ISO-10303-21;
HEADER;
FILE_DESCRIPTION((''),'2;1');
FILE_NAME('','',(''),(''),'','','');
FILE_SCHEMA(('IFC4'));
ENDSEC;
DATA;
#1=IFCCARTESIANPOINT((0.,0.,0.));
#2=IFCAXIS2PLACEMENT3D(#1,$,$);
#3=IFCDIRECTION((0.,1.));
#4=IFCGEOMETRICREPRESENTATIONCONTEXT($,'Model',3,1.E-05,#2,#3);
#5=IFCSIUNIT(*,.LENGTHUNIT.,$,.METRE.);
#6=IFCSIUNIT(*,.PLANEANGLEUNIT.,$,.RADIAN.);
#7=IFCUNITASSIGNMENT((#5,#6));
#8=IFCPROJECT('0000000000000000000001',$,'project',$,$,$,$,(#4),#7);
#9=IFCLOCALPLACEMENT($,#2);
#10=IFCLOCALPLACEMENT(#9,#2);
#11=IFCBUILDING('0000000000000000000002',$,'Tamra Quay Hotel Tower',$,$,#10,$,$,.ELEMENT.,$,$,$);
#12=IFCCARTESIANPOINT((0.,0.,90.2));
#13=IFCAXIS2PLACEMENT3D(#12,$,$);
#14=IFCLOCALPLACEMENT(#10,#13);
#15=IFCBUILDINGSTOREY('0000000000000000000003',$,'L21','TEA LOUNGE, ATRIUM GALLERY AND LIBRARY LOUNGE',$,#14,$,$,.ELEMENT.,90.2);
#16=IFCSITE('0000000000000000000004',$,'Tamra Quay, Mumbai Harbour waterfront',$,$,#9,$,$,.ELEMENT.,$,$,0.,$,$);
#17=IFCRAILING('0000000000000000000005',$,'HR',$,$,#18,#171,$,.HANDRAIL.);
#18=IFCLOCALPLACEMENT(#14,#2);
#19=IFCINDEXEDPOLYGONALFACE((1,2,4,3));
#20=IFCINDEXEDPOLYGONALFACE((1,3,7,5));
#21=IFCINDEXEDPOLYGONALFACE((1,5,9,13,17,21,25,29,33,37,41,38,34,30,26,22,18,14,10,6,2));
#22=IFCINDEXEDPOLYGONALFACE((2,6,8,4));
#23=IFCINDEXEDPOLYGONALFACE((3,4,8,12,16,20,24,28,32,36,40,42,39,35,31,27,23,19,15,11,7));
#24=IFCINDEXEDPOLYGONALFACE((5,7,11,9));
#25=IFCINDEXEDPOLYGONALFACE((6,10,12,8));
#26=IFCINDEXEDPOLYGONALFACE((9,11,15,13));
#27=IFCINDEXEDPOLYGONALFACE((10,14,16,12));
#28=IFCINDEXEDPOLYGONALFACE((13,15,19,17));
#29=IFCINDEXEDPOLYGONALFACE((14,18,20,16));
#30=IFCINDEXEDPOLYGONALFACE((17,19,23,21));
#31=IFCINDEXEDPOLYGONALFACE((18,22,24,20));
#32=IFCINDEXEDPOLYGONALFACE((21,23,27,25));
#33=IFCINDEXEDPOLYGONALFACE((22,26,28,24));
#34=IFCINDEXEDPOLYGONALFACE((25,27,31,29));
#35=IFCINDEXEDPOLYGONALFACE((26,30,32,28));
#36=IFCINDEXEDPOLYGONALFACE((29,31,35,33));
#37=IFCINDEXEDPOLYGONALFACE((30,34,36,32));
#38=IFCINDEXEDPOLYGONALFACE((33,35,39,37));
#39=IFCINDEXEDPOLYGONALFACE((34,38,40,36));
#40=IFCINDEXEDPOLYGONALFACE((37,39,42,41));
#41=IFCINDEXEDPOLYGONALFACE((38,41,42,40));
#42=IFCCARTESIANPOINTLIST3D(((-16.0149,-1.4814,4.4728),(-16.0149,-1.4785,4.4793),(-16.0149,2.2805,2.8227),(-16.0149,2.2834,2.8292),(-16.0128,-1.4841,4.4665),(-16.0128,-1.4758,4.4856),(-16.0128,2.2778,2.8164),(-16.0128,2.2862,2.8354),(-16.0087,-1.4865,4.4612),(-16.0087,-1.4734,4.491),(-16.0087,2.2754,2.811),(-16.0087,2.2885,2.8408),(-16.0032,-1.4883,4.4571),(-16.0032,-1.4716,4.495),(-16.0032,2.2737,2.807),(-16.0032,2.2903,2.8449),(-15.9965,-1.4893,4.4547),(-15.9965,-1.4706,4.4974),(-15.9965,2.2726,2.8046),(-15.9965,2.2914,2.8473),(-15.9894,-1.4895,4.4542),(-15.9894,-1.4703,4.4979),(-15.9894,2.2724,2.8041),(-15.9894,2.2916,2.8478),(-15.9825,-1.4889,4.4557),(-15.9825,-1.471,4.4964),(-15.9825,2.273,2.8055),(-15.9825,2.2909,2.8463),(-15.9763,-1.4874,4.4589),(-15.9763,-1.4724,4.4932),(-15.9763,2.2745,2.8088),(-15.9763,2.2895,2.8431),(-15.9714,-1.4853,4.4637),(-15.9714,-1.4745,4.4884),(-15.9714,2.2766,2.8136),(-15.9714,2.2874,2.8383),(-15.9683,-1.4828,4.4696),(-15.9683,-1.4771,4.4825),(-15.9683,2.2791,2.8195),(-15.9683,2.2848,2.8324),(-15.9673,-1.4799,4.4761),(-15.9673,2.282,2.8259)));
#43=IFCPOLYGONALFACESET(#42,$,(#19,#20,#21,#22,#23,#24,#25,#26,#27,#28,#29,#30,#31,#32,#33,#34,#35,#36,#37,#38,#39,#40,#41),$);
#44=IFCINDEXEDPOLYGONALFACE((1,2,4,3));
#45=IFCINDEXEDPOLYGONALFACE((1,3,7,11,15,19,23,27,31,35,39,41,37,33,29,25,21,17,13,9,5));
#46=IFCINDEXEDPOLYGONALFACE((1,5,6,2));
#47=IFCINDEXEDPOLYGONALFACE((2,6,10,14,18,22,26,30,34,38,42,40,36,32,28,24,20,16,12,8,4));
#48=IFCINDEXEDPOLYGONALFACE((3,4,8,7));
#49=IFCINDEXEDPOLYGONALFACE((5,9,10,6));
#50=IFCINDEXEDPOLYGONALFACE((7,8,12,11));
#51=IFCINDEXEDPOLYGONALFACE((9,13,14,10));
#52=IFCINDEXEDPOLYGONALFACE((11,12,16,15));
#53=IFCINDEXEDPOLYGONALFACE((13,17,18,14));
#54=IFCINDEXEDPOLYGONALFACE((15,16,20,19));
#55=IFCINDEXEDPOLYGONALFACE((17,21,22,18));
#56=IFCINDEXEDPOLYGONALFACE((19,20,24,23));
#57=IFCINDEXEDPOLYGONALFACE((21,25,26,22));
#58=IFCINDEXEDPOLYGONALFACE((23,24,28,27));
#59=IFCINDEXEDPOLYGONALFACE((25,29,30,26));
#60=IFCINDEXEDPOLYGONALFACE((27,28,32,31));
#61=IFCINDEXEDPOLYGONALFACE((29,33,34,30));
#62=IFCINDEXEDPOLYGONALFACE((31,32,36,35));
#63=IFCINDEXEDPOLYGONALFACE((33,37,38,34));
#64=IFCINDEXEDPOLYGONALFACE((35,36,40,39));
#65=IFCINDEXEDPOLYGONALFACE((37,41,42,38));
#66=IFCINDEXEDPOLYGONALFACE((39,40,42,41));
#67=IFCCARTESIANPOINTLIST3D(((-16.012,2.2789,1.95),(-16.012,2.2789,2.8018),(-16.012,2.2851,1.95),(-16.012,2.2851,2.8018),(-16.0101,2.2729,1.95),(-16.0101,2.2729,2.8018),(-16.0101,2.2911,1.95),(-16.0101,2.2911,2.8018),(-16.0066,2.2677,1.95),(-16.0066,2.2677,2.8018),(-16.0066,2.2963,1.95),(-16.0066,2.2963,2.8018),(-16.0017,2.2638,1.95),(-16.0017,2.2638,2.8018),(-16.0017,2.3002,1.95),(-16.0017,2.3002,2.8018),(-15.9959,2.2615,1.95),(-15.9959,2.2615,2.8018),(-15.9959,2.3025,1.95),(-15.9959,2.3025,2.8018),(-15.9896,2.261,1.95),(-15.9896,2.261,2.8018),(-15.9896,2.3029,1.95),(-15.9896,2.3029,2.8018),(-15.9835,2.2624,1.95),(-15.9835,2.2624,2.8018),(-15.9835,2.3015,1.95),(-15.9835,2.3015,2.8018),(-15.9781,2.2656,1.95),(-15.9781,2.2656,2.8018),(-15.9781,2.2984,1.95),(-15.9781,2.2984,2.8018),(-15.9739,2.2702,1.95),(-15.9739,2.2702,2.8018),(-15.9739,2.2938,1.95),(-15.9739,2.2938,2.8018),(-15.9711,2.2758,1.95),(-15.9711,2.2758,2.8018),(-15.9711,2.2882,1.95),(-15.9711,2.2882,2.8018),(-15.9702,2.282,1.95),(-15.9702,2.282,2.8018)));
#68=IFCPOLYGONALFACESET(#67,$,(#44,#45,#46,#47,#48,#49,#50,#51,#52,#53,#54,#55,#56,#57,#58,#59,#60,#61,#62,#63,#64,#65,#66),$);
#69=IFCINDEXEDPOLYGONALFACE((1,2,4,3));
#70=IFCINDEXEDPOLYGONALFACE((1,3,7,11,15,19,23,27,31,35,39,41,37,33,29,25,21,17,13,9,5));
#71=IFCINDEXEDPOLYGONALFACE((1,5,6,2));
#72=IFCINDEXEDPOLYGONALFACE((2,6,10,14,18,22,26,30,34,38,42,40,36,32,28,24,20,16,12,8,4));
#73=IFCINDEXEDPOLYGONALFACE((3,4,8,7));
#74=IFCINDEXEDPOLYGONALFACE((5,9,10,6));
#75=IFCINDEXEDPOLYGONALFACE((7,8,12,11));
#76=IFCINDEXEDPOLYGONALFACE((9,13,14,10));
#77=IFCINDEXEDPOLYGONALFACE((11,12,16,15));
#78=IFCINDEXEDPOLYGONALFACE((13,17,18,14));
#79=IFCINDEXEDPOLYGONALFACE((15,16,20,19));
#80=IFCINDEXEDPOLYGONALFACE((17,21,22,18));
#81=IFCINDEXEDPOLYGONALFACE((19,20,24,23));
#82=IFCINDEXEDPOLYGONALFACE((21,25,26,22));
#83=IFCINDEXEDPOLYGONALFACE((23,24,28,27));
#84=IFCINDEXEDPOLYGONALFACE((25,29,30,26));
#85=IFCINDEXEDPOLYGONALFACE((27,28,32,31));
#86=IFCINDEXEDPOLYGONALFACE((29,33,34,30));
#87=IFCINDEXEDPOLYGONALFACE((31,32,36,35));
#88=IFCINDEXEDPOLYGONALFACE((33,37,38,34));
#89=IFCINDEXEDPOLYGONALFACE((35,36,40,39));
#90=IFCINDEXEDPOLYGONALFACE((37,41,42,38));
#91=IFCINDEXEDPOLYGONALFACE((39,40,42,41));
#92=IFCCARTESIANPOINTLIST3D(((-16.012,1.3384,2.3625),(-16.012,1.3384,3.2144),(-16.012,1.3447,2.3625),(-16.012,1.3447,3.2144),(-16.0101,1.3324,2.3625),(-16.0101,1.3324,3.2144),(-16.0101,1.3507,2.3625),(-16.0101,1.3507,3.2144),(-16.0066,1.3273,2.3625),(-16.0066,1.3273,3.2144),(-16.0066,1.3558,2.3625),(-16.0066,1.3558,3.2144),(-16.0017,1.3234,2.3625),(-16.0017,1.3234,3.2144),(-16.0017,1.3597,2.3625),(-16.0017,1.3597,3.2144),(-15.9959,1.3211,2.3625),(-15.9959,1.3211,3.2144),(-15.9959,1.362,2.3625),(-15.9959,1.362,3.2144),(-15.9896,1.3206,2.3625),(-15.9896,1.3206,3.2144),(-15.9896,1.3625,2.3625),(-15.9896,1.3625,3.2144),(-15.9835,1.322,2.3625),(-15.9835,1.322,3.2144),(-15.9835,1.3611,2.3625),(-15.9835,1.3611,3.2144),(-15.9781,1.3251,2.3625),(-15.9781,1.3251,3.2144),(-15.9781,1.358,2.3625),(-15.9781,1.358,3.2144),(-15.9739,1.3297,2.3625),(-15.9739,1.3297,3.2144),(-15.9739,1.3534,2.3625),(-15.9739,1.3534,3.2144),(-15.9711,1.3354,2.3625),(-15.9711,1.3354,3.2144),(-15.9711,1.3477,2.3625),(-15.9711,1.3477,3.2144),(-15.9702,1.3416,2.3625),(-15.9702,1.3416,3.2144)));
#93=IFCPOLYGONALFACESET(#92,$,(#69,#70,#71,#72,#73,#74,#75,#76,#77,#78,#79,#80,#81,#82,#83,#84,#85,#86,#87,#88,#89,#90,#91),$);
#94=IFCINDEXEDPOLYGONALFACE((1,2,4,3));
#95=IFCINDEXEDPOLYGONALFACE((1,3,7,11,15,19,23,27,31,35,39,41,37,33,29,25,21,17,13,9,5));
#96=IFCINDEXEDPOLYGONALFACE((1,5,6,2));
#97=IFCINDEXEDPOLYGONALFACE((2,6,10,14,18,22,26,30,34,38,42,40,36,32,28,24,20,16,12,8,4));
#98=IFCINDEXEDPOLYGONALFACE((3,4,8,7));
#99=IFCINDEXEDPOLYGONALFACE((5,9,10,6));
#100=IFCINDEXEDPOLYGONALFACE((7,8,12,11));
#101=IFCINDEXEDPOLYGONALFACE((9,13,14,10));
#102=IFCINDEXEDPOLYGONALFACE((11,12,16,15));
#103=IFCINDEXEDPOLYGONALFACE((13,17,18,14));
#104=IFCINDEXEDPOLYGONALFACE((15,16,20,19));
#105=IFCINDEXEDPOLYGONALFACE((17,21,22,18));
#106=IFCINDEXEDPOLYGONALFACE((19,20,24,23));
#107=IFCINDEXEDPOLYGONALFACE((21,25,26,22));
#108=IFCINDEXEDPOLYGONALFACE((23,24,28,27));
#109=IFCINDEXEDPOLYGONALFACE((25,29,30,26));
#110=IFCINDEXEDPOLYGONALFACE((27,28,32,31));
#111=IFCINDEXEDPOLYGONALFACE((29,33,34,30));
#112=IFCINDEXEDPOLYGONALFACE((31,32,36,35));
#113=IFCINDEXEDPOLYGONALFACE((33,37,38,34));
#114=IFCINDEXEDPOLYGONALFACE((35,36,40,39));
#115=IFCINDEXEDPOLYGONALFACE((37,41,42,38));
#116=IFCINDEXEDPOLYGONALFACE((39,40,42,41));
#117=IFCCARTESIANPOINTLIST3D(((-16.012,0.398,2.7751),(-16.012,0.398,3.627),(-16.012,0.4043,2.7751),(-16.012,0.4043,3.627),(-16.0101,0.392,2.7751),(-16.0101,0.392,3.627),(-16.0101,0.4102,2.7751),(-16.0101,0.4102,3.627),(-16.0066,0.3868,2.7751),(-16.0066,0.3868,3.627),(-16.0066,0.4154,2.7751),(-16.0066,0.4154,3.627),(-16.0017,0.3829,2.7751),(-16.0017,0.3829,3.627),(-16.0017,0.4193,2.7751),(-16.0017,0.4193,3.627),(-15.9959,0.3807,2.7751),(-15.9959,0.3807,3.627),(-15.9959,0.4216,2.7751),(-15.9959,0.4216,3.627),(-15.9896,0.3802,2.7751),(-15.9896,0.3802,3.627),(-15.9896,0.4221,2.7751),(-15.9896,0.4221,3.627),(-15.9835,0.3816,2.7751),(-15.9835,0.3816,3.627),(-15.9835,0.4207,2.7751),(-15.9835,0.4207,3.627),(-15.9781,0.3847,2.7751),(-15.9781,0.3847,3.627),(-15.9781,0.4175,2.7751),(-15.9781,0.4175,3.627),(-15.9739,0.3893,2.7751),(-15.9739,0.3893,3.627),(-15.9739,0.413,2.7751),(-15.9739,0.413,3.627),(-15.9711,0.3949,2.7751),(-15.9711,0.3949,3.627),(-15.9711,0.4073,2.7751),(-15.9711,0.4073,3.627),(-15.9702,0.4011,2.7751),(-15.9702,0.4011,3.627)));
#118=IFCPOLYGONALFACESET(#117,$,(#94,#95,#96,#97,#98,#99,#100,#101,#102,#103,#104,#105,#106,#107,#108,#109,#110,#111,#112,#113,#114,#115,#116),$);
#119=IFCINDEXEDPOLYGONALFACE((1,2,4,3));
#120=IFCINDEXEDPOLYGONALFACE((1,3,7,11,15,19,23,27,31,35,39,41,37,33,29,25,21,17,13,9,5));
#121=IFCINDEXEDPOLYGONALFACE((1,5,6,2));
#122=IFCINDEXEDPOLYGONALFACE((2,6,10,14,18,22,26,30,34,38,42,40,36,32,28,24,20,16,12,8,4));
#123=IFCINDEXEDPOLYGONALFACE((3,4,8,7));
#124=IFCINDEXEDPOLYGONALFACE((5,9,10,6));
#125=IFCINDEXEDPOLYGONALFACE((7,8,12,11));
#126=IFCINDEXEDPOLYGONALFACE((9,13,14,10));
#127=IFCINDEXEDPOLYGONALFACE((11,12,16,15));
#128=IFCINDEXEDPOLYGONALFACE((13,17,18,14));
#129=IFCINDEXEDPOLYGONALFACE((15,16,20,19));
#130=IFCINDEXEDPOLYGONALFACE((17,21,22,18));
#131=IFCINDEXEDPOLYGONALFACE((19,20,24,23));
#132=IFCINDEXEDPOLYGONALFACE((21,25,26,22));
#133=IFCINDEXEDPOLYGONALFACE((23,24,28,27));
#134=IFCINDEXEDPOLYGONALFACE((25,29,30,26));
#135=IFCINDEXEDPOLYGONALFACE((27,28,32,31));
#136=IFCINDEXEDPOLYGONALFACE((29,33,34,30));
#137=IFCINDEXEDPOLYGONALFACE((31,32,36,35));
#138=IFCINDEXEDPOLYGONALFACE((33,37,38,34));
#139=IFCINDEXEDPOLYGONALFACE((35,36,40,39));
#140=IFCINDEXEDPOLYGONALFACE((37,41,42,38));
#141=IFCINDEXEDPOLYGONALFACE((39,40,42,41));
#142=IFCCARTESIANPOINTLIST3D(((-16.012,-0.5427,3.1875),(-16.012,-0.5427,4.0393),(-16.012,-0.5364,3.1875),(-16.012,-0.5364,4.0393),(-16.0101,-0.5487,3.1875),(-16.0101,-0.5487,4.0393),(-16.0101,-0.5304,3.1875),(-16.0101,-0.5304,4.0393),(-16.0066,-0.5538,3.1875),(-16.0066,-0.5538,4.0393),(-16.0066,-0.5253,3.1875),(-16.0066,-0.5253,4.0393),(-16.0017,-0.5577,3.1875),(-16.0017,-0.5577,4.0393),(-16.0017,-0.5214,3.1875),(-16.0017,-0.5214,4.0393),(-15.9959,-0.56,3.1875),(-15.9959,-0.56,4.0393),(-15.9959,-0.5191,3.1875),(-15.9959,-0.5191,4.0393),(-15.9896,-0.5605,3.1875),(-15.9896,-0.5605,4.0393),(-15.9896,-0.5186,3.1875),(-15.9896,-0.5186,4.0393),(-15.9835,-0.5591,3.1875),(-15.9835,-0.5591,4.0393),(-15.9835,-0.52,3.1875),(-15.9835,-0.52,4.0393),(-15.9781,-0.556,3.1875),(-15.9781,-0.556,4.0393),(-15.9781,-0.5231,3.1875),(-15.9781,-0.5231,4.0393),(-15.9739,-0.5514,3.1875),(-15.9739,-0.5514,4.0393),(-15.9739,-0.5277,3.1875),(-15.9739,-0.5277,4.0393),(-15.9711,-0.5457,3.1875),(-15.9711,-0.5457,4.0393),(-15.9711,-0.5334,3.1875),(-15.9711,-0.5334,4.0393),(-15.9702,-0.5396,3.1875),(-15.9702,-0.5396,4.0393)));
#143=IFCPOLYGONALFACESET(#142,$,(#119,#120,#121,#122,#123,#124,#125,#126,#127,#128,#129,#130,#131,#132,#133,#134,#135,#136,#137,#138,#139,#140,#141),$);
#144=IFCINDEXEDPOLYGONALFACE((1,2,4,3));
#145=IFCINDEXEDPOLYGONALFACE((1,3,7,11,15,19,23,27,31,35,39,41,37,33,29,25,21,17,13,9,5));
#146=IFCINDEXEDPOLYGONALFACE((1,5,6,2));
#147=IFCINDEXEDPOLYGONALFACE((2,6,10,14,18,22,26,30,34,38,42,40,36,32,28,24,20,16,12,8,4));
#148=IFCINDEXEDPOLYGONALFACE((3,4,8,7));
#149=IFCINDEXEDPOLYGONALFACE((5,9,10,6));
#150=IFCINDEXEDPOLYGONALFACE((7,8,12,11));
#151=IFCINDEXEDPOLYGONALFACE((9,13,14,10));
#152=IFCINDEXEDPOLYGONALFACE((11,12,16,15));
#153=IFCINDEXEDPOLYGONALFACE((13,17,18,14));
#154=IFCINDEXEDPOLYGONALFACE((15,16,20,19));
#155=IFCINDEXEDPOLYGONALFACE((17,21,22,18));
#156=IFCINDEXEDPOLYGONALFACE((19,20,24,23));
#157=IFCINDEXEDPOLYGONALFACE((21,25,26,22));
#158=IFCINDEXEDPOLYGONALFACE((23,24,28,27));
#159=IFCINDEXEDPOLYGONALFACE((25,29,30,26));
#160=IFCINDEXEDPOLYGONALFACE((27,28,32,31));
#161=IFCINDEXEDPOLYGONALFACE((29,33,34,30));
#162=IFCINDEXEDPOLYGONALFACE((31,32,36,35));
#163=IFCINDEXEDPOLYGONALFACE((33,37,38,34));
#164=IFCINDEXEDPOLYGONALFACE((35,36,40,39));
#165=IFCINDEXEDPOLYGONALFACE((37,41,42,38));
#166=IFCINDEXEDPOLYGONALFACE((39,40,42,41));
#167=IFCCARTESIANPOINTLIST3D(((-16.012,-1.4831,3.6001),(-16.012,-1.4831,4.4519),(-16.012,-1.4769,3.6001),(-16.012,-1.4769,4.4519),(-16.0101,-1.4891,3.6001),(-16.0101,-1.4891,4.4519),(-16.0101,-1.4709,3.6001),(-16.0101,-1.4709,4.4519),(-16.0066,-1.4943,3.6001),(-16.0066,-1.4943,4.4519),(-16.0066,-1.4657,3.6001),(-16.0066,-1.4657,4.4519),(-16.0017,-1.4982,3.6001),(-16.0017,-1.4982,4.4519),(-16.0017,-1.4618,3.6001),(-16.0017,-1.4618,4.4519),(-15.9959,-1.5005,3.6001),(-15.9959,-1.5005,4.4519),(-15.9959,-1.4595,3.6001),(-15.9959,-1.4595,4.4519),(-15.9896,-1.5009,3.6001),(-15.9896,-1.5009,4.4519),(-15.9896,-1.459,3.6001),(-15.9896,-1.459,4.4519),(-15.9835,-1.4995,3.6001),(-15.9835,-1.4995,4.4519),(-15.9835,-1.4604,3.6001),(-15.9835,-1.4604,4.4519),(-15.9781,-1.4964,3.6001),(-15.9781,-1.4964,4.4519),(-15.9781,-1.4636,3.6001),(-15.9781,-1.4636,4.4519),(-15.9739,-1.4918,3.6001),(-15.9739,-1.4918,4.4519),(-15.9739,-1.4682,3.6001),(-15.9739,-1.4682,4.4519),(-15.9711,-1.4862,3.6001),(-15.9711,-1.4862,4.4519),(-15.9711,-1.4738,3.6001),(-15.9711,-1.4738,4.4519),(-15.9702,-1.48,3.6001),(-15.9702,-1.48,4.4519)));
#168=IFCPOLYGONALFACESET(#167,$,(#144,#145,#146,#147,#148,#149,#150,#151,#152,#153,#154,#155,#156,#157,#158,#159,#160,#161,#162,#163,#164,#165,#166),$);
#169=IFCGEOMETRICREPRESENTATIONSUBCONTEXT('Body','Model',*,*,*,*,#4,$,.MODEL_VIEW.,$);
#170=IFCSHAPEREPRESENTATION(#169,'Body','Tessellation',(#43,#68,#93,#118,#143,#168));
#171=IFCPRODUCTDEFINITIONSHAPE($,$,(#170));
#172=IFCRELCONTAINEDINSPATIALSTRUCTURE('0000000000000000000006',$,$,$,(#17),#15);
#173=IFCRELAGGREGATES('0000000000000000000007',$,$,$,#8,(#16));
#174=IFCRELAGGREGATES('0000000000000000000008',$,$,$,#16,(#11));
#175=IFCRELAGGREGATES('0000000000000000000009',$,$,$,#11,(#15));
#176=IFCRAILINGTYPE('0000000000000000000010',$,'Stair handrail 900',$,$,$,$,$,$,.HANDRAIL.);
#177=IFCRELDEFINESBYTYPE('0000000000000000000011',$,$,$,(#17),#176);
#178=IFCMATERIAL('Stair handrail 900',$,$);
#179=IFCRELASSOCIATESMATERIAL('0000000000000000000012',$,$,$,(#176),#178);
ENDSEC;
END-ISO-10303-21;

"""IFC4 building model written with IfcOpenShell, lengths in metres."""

from ifc_helpers import new_model, si_unit, direction, frame, origin, origin_2d, place, context, subcontext, project, spatial, circle, extrude, material, type_object, element, save


model = new_model("IFC4")

# Units and contexts
model_context = context("Model", 3, precision=1e-05, world=origin(), true_north=direction((0.0, 1.0)))
body_context = subcontext(model_context, "Body", "Model", "MODEL_VIEW")
ifc_project = project(units=[si_unit("LENGTHUNIT", "METRE"), si_unit("PLANEANGLEUNIT", "RADIAN")], contexts=[model_context])

# Site, building, storey
site_placement = place(None, origin())
site = spatial("IfcSite", under=ifc_project, at=site_placement, Name="Tamra Quay, Mumbai Harbour waterfront", CompositionType="ELEMENT", RefElevation=0.0)
building_placement = place(site_placement, origin())
building = spatial("IfcBuilding", under=site, at=building_placement, Name="Tamra Quay Hotel Tower", CompositionType="ELEMENT")
storey_placement = place(building_placement, frame((0.0, 0.0, 90.2)))
storey = spatial("IfcBuildingStorey", under=building, at=storey_placement, Name="L21", Description="TEA LOUNGE, ATRIUM GALLERY AND LIBRARY LOUNGE", CompositionType="ELEMENT", Elevation=90.2)

# Railing
ifc_material_1 = material(Name="Stair handrail 900")
railing_type = type_object("IfcRailingType", Name="Stair handrail 900", PredefinedType="HANDRAIL", material=ifc_material_1)
railing_placement = place(storey_placement, frame((-15.9912, 2.282, 1.95)))
element("IfcRailing", 1, at=railing_placement, inside=storey, type_object=railing_type, Name="HR", PredefinedType="HANDRAIL", context=body_context, shape_type="SweptSolid", body=[
    extrude(circle(Radius=0.0239, at=origin_2d()), frame((0.0, 0.0, 0.876), z_axis=(0.0, -0.915774, 0.401695), x_axis=(1.0, 0.0, 0.0)), (0.0, 0.0, 1.0), 4.1079),
    extrude(circle(Radius=0.021, at=origin_2d()), origin(), (0.0, 0.0, 1.0), 0.8518),
    extrude(circle(Radius=0.021, at=origin_2d()), frame((0.0, -0.9404, 0.4126)), (0.0, 0.0, 1.0), 0.8518),
    extrude(circle(Radius=0.021, at=origin_2d()), frame((0.0, -1.8809, 0.8252)), (0.0, 0.0, 1.0), 0.8518),
    extrude(circle(Radius=0.021, at=origin_2d()), frame((0.0, -2.8215, 1.2375)), (0.0, 0.0, 1.0), 0.8518),
    extrude(circle(Radius=0.021, at=origin_2d()), frame((0.0, -3.762, 1.6501)), (0.0, 0.0, 1.0), 0.8518),
])

save(model, "model.ifc")
